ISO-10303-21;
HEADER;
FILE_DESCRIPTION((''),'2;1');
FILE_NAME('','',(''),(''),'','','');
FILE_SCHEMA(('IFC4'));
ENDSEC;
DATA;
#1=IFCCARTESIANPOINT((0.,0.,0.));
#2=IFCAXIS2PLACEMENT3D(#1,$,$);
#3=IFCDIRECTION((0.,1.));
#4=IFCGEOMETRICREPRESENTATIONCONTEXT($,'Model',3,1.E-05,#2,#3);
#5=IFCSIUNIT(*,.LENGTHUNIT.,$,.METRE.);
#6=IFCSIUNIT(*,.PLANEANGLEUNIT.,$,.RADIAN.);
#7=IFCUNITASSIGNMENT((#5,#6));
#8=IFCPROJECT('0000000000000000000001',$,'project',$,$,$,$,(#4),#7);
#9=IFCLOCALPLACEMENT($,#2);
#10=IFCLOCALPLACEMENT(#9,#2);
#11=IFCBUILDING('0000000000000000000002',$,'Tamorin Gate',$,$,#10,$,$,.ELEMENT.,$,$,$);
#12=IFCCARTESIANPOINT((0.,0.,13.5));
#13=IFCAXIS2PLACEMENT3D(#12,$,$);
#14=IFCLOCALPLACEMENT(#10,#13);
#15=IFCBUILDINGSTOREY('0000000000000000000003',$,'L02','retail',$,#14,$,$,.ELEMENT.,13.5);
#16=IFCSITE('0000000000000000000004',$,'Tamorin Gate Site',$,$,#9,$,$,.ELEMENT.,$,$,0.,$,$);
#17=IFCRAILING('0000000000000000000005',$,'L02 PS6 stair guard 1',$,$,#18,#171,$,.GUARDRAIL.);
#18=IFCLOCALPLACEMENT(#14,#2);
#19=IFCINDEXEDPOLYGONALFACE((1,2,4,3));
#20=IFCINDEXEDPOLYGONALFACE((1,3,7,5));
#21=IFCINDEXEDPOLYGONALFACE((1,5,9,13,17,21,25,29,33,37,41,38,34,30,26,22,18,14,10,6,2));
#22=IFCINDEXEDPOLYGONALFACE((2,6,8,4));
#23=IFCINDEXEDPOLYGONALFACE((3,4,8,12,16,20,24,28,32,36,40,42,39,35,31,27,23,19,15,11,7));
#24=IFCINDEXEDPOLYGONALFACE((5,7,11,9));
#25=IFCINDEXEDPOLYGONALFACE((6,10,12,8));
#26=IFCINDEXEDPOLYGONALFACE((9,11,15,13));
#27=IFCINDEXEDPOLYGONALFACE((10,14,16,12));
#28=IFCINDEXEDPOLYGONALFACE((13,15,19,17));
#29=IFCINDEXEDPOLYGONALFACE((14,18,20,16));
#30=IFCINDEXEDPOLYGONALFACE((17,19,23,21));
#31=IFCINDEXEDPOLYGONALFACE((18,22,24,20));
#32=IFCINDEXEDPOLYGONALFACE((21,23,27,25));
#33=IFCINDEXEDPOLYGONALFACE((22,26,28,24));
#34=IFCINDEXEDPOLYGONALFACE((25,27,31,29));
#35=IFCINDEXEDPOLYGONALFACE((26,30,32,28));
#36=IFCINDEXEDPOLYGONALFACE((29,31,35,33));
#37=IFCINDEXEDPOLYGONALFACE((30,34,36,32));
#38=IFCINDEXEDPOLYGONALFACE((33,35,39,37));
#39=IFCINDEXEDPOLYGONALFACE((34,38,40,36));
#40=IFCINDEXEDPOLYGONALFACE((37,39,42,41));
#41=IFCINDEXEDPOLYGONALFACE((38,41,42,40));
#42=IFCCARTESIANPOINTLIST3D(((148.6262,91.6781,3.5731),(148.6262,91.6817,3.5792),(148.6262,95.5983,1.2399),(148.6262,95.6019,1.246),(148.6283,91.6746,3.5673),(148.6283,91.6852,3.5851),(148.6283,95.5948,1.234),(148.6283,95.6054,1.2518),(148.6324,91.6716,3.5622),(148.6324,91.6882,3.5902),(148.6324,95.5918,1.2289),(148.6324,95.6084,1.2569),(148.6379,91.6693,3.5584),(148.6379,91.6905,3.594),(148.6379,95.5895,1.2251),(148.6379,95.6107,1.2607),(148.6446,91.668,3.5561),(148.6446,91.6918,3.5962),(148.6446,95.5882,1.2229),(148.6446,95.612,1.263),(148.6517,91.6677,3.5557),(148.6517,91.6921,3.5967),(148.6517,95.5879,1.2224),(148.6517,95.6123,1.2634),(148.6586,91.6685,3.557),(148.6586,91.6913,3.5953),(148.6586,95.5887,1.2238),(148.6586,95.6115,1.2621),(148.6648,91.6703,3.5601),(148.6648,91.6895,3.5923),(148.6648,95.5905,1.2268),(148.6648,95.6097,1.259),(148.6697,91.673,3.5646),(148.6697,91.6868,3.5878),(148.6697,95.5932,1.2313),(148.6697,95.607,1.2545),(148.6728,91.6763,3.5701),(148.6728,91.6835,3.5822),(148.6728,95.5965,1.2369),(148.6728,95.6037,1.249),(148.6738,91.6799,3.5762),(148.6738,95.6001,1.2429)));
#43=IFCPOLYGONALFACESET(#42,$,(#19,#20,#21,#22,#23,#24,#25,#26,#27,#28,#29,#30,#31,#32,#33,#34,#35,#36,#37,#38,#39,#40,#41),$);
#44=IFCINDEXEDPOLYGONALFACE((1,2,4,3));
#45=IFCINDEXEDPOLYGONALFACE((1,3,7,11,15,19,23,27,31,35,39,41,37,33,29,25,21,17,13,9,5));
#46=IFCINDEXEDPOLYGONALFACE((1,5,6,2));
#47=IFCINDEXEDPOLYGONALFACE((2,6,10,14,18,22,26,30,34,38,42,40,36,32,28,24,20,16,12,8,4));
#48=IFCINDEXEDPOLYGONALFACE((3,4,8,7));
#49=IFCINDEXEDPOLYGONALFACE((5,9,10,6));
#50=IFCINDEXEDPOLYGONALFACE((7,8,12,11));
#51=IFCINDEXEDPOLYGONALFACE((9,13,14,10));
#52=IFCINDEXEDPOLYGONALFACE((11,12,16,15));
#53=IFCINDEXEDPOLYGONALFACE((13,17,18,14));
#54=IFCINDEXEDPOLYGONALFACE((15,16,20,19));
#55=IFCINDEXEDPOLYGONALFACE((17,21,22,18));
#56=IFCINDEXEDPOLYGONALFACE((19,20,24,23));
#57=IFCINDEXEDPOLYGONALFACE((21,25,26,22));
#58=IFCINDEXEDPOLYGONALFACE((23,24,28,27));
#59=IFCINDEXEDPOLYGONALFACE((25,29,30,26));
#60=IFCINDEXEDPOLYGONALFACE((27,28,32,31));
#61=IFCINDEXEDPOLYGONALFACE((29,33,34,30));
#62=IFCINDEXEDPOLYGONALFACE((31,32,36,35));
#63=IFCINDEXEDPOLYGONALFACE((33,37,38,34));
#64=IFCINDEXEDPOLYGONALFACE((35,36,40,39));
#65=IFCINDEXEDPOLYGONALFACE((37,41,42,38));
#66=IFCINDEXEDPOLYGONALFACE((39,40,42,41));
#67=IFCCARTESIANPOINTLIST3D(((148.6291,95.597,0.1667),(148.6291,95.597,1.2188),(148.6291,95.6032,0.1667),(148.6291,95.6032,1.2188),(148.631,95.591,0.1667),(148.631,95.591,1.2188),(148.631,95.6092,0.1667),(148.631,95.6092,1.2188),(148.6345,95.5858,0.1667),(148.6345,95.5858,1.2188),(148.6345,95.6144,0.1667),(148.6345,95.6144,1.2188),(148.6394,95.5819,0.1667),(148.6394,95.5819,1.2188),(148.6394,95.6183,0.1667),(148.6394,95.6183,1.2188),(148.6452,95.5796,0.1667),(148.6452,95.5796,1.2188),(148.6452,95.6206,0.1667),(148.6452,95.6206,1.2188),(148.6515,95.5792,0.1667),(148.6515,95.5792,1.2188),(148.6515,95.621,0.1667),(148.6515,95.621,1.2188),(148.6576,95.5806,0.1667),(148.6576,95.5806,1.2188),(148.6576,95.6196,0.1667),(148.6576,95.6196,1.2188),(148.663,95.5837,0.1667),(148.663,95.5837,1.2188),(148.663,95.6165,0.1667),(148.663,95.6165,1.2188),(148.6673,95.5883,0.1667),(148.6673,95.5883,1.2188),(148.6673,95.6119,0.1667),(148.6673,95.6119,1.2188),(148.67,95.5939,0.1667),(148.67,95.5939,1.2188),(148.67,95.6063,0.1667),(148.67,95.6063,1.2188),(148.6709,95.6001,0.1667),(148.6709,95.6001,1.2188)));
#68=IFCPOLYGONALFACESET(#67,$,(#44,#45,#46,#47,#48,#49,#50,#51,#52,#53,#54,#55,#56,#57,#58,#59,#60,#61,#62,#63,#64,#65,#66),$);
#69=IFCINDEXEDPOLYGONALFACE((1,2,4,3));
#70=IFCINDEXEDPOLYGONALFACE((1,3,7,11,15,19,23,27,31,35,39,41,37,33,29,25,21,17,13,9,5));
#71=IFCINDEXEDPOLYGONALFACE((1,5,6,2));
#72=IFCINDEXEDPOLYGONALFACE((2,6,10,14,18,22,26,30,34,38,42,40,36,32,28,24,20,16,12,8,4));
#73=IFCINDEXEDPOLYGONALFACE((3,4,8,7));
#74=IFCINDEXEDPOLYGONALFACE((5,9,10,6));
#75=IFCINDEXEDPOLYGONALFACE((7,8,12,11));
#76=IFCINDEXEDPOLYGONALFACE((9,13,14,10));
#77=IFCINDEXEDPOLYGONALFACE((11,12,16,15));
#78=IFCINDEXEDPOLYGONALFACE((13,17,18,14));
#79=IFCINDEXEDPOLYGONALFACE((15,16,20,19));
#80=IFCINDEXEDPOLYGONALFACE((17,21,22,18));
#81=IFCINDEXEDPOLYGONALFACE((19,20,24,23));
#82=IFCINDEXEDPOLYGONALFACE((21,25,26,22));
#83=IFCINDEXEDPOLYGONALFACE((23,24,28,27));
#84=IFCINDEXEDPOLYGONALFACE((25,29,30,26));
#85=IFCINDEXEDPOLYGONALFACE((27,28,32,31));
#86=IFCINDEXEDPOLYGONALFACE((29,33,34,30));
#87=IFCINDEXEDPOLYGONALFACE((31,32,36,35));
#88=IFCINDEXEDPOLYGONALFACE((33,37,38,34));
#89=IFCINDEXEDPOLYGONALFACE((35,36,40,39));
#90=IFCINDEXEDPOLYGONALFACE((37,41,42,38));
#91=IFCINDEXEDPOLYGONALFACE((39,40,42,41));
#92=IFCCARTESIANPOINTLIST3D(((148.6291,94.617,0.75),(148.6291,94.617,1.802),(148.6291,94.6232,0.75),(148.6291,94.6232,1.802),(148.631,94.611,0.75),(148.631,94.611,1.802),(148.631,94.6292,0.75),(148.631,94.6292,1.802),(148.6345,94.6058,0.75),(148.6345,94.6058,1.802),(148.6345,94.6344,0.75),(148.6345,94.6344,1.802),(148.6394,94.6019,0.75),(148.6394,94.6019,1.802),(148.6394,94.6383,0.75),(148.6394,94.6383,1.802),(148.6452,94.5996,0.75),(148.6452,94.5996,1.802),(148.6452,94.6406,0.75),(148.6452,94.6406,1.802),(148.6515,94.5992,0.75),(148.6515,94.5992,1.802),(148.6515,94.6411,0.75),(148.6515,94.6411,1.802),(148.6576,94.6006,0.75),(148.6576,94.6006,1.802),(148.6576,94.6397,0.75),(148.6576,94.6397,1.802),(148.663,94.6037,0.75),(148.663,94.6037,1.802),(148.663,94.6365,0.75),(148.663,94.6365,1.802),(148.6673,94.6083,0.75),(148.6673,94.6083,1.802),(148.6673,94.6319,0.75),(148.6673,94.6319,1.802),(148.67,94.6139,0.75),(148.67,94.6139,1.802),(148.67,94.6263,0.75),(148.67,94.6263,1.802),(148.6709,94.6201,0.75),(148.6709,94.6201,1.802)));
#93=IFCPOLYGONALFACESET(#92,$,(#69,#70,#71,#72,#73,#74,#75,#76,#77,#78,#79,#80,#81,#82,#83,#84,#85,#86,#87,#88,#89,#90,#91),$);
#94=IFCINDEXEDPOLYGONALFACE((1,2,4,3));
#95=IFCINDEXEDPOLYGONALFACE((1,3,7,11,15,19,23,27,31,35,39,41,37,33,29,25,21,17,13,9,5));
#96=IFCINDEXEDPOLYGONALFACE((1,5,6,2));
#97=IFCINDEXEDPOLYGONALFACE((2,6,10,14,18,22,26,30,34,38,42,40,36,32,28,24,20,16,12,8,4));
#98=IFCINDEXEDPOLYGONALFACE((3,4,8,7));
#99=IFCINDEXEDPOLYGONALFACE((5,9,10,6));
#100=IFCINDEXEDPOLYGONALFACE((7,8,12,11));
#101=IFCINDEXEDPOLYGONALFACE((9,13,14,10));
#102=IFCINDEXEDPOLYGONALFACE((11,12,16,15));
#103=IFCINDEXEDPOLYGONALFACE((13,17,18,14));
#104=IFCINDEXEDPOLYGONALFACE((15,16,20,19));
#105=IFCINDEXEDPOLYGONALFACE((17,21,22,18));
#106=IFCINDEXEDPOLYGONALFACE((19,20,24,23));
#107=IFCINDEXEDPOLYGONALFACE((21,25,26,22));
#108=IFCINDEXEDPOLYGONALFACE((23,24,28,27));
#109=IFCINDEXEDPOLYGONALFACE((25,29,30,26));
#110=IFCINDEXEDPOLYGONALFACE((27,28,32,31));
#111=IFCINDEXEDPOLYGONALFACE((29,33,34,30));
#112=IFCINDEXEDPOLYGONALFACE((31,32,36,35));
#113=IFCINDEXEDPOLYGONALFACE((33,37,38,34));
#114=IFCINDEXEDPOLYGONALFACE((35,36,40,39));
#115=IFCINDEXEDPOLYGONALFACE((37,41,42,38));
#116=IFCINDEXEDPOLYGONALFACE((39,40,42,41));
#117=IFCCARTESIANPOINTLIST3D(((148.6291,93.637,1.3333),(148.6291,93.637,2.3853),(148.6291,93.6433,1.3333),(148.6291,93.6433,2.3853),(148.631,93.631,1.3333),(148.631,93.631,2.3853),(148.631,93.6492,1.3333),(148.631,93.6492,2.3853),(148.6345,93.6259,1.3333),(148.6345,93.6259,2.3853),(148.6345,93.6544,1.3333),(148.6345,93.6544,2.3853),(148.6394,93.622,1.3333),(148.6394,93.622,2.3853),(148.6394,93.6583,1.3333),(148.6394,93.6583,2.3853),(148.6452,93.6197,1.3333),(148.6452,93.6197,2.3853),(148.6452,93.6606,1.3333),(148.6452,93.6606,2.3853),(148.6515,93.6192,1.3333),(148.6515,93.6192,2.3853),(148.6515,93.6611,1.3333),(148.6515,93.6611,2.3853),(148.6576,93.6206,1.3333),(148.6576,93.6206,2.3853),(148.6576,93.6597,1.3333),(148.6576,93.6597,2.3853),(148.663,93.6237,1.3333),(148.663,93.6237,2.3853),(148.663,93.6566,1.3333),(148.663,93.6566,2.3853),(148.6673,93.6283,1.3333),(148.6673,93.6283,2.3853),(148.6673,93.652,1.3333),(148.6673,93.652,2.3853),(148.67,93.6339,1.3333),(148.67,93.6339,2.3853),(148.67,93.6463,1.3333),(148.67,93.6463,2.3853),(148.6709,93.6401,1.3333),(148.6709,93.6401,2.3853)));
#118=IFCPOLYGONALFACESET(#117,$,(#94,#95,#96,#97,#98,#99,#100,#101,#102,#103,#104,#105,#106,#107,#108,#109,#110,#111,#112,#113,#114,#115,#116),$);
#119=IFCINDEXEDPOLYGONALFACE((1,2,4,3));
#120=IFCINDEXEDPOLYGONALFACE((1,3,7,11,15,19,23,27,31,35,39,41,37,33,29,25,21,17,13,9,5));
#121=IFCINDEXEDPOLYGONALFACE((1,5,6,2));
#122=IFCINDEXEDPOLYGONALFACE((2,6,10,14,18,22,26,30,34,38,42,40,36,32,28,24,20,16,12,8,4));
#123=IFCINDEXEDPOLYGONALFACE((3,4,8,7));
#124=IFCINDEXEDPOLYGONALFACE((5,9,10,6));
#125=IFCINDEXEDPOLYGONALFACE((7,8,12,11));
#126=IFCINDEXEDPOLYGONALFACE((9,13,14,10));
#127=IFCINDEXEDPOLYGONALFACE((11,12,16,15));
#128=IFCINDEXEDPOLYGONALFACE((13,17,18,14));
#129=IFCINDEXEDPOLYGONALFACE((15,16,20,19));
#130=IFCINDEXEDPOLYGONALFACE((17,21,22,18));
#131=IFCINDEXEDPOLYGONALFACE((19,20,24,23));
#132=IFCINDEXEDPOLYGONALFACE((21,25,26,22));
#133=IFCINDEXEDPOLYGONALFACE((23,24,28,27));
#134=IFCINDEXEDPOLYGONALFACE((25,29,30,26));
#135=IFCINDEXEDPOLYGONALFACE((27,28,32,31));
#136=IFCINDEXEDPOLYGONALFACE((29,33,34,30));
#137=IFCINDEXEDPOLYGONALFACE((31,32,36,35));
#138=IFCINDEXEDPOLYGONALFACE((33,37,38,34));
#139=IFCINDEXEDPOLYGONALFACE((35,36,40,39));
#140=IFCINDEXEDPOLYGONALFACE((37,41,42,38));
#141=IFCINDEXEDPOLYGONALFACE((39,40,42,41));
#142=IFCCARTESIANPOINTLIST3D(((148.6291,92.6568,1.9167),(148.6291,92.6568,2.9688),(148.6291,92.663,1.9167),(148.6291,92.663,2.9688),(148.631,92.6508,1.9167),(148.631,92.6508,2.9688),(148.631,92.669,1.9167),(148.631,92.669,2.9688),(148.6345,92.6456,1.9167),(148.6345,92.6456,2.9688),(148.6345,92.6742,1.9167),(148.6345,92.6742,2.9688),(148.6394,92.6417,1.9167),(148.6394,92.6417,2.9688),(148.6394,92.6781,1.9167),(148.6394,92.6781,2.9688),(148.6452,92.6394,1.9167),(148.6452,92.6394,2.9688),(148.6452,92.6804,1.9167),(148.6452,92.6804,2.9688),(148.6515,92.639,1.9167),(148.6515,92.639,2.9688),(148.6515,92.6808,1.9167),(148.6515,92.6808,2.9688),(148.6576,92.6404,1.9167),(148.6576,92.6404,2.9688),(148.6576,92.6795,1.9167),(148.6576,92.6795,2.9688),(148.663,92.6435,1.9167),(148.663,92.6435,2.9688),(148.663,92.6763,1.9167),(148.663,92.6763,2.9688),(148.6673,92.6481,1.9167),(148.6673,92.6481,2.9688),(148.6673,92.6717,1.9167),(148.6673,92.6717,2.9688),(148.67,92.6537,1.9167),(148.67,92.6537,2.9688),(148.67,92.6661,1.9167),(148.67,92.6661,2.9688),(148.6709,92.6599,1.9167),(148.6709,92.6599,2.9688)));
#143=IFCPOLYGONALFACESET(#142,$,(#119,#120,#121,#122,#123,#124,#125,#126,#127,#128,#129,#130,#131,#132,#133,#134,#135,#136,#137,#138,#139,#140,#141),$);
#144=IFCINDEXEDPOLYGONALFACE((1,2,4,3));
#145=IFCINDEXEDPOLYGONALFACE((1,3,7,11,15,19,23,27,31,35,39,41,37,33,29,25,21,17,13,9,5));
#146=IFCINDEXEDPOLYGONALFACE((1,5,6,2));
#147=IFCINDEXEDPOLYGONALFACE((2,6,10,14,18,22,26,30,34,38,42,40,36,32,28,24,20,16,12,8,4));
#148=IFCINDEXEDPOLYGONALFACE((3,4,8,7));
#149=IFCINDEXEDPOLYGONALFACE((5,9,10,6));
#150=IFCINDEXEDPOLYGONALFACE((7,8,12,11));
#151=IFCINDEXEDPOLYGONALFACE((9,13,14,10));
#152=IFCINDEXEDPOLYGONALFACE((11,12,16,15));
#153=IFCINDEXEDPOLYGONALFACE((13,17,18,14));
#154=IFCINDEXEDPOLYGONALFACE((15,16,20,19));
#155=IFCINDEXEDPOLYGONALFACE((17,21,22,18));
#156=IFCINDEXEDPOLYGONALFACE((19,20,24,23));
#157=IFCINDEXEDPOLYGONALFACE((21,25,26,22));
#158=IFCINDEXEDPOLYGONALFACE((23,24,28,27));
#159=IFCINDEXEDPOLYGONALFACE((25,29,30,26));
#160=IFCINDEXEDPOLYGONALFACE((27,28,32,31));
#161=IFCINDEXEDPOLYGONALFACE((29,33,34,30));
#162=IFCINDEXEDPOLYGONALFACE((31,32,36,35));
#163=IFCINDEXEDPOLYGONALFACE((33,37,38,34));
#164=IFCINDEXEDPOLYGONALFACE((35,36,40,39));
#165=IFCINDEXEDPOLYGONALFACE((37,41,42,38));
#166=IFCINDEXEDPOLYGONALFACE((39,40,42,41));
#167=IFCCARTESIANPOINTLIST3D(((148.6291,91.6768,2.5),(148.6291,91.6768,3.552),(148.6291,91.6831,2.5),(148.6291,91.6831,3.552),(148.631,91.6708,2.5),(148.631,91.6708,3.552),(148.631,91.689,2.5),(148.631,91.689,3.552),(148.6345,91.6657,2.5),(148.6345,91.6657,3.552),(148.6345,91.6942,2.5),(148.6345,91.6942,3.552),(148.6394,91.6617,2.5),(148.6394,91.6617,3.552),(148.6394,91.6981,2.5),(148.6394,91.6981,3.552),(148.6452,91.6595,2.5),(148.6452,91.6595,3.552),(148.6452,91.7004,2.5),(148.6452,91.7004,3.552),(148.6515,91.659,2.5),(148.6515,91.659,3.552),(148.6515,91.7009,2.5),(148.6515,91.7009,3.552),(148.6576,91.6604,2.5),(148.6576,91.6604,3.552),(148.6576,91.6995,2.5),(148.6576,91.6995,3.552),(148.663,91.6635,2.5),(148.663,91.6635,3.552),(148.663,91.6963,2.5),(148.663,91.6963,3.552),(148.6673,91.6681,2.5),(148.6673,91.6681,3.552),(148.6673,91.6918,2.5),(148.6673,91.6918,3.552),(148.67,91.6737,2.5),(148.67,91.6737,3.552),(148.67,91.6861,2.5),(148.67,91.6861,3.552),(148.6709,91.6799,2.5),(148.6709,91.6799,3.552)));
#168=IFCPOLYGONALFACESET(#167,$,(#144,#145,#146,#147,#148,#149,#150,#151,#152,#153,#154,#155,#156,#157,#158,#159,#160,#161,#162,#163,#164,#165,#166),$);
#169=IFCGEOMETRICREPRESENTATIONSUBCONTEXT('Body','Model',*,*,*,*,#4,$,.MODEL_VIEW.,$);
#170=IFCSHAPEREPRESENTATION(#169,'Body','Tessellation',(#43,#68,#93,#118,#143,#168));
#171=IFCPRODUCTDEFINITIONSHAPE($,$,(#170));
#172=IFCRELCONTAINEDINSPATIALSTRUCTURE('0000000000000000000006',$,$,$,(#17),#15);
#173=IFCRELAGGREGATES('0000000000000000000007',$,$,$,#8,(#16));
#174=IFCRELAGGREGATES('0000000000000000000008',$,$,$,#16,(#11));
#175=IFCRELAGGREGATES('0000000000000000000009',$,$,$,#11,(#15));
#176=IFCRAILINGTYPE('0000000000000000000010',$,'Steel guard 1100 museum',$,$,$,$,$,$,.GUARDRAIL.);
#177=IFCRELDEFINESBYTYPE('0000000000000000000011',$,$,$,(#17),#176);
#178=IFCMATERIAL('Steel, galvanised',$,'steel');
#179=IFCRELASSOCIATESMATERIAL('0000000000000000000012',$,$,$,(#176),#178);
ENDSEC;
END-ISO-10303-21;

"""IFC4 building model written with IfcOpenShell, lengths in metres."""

from ifc_helpers import new_model, si_unit, direction, frame, origin, origin_2d, place, context, subcontext, project, spatial, circle, extrude, material, type_object, element, save


model = new_model("IFC4")

# Units and contexts
model_context = context("Model", 3, precision=1e-05, world=origin(), true_north=direction((0.0, 1.0)))
body_context = subcontext(model_context, "Body", "Model", "MODEL_VIEW")
ifc_project = project(units=[si_unit("LENGTHUNIT", "METRE"), si_unit("PLANEANGLEUNIT", "RADIAN")], contexts=[model_context])

# Site, building, storey
site_placement = place(None, origin())
site = spatial("IfcSite", under=ifc_project, at=site_placement, Name="Tamorin Gate Site", CompositionType="ELEMENT", RefElevation=0.0)
building_placement = place(site_placement, origin())
building = spatial("IfcBuilding", under=site, at=building_placement, Name="Tamorin Gate", CompositionType="ELEMENT")
storey_placement = place(building_placement, frame((0.0, 0.0, 13.5)))
storey = spatial("IfcBuildingStorey", under=building, at=storey_placement, Name="L02", Description="retail", CompositionType="ELEMENT", Elevation=13.5)

# Railing
ifc_material_1 = material(Name="Steel, galvanised", Category="steel")
railing_type_1 = type_object("IfcRailingType", Name="Steel guard 1100 museum", PredefinedType="GUARDRAIL", material=ifc_material_1)
railing_1_placement = place(storey_placement, frame((148.6499, 95.6001, 0.1667)))
element("IfcRailing", 1, at=railing_1_placement, inside=storey, type_object=railing_type_1, Name="L02 PS6 stair guard 1", PredefinedType="GUARDRAIL", context=body_context, shape_type="SweptSolid", body=[
    extrude(circle(Radius=0.0239, at=origin_2d()), frame((0.0, 0.0, 1.0762), z_axis=(0.0, -0.85931, 0.511455), x_axis=(1.0, 0.0, 0.0)), (0.0, 0.0, 1.0), 4.562),
    extrude(circle(Radius=0.021, at=origin_2d()), origin(), (0.0, 0.0, 1.0), 1.052),
    extrude(circle(Radius=0.021, at=origin_2d()), frame((0.0, -0.98, 0.5833)), (0.0, 0.0, 1.0), 1.052),
    extrude(circle(Radius=0.021, at=origin_2d()), frame((0.0, -1.96, 1.1665)), (0.0, 0.0, 1.0), 1.052),
    extrude(circle(Radius=0.021, at=origin_2d()), frame((0.0, -2.9402, 1.75)), (0.0, 0.0, 1.0), 1.052),
    extrude(circle(Radius=0.021, at=origin_2d()), frame((0.0, -3.9202, 2.3333)), (0.0, 0.0, 1.0), 1.052),
])

save(model, "model.ifc")
